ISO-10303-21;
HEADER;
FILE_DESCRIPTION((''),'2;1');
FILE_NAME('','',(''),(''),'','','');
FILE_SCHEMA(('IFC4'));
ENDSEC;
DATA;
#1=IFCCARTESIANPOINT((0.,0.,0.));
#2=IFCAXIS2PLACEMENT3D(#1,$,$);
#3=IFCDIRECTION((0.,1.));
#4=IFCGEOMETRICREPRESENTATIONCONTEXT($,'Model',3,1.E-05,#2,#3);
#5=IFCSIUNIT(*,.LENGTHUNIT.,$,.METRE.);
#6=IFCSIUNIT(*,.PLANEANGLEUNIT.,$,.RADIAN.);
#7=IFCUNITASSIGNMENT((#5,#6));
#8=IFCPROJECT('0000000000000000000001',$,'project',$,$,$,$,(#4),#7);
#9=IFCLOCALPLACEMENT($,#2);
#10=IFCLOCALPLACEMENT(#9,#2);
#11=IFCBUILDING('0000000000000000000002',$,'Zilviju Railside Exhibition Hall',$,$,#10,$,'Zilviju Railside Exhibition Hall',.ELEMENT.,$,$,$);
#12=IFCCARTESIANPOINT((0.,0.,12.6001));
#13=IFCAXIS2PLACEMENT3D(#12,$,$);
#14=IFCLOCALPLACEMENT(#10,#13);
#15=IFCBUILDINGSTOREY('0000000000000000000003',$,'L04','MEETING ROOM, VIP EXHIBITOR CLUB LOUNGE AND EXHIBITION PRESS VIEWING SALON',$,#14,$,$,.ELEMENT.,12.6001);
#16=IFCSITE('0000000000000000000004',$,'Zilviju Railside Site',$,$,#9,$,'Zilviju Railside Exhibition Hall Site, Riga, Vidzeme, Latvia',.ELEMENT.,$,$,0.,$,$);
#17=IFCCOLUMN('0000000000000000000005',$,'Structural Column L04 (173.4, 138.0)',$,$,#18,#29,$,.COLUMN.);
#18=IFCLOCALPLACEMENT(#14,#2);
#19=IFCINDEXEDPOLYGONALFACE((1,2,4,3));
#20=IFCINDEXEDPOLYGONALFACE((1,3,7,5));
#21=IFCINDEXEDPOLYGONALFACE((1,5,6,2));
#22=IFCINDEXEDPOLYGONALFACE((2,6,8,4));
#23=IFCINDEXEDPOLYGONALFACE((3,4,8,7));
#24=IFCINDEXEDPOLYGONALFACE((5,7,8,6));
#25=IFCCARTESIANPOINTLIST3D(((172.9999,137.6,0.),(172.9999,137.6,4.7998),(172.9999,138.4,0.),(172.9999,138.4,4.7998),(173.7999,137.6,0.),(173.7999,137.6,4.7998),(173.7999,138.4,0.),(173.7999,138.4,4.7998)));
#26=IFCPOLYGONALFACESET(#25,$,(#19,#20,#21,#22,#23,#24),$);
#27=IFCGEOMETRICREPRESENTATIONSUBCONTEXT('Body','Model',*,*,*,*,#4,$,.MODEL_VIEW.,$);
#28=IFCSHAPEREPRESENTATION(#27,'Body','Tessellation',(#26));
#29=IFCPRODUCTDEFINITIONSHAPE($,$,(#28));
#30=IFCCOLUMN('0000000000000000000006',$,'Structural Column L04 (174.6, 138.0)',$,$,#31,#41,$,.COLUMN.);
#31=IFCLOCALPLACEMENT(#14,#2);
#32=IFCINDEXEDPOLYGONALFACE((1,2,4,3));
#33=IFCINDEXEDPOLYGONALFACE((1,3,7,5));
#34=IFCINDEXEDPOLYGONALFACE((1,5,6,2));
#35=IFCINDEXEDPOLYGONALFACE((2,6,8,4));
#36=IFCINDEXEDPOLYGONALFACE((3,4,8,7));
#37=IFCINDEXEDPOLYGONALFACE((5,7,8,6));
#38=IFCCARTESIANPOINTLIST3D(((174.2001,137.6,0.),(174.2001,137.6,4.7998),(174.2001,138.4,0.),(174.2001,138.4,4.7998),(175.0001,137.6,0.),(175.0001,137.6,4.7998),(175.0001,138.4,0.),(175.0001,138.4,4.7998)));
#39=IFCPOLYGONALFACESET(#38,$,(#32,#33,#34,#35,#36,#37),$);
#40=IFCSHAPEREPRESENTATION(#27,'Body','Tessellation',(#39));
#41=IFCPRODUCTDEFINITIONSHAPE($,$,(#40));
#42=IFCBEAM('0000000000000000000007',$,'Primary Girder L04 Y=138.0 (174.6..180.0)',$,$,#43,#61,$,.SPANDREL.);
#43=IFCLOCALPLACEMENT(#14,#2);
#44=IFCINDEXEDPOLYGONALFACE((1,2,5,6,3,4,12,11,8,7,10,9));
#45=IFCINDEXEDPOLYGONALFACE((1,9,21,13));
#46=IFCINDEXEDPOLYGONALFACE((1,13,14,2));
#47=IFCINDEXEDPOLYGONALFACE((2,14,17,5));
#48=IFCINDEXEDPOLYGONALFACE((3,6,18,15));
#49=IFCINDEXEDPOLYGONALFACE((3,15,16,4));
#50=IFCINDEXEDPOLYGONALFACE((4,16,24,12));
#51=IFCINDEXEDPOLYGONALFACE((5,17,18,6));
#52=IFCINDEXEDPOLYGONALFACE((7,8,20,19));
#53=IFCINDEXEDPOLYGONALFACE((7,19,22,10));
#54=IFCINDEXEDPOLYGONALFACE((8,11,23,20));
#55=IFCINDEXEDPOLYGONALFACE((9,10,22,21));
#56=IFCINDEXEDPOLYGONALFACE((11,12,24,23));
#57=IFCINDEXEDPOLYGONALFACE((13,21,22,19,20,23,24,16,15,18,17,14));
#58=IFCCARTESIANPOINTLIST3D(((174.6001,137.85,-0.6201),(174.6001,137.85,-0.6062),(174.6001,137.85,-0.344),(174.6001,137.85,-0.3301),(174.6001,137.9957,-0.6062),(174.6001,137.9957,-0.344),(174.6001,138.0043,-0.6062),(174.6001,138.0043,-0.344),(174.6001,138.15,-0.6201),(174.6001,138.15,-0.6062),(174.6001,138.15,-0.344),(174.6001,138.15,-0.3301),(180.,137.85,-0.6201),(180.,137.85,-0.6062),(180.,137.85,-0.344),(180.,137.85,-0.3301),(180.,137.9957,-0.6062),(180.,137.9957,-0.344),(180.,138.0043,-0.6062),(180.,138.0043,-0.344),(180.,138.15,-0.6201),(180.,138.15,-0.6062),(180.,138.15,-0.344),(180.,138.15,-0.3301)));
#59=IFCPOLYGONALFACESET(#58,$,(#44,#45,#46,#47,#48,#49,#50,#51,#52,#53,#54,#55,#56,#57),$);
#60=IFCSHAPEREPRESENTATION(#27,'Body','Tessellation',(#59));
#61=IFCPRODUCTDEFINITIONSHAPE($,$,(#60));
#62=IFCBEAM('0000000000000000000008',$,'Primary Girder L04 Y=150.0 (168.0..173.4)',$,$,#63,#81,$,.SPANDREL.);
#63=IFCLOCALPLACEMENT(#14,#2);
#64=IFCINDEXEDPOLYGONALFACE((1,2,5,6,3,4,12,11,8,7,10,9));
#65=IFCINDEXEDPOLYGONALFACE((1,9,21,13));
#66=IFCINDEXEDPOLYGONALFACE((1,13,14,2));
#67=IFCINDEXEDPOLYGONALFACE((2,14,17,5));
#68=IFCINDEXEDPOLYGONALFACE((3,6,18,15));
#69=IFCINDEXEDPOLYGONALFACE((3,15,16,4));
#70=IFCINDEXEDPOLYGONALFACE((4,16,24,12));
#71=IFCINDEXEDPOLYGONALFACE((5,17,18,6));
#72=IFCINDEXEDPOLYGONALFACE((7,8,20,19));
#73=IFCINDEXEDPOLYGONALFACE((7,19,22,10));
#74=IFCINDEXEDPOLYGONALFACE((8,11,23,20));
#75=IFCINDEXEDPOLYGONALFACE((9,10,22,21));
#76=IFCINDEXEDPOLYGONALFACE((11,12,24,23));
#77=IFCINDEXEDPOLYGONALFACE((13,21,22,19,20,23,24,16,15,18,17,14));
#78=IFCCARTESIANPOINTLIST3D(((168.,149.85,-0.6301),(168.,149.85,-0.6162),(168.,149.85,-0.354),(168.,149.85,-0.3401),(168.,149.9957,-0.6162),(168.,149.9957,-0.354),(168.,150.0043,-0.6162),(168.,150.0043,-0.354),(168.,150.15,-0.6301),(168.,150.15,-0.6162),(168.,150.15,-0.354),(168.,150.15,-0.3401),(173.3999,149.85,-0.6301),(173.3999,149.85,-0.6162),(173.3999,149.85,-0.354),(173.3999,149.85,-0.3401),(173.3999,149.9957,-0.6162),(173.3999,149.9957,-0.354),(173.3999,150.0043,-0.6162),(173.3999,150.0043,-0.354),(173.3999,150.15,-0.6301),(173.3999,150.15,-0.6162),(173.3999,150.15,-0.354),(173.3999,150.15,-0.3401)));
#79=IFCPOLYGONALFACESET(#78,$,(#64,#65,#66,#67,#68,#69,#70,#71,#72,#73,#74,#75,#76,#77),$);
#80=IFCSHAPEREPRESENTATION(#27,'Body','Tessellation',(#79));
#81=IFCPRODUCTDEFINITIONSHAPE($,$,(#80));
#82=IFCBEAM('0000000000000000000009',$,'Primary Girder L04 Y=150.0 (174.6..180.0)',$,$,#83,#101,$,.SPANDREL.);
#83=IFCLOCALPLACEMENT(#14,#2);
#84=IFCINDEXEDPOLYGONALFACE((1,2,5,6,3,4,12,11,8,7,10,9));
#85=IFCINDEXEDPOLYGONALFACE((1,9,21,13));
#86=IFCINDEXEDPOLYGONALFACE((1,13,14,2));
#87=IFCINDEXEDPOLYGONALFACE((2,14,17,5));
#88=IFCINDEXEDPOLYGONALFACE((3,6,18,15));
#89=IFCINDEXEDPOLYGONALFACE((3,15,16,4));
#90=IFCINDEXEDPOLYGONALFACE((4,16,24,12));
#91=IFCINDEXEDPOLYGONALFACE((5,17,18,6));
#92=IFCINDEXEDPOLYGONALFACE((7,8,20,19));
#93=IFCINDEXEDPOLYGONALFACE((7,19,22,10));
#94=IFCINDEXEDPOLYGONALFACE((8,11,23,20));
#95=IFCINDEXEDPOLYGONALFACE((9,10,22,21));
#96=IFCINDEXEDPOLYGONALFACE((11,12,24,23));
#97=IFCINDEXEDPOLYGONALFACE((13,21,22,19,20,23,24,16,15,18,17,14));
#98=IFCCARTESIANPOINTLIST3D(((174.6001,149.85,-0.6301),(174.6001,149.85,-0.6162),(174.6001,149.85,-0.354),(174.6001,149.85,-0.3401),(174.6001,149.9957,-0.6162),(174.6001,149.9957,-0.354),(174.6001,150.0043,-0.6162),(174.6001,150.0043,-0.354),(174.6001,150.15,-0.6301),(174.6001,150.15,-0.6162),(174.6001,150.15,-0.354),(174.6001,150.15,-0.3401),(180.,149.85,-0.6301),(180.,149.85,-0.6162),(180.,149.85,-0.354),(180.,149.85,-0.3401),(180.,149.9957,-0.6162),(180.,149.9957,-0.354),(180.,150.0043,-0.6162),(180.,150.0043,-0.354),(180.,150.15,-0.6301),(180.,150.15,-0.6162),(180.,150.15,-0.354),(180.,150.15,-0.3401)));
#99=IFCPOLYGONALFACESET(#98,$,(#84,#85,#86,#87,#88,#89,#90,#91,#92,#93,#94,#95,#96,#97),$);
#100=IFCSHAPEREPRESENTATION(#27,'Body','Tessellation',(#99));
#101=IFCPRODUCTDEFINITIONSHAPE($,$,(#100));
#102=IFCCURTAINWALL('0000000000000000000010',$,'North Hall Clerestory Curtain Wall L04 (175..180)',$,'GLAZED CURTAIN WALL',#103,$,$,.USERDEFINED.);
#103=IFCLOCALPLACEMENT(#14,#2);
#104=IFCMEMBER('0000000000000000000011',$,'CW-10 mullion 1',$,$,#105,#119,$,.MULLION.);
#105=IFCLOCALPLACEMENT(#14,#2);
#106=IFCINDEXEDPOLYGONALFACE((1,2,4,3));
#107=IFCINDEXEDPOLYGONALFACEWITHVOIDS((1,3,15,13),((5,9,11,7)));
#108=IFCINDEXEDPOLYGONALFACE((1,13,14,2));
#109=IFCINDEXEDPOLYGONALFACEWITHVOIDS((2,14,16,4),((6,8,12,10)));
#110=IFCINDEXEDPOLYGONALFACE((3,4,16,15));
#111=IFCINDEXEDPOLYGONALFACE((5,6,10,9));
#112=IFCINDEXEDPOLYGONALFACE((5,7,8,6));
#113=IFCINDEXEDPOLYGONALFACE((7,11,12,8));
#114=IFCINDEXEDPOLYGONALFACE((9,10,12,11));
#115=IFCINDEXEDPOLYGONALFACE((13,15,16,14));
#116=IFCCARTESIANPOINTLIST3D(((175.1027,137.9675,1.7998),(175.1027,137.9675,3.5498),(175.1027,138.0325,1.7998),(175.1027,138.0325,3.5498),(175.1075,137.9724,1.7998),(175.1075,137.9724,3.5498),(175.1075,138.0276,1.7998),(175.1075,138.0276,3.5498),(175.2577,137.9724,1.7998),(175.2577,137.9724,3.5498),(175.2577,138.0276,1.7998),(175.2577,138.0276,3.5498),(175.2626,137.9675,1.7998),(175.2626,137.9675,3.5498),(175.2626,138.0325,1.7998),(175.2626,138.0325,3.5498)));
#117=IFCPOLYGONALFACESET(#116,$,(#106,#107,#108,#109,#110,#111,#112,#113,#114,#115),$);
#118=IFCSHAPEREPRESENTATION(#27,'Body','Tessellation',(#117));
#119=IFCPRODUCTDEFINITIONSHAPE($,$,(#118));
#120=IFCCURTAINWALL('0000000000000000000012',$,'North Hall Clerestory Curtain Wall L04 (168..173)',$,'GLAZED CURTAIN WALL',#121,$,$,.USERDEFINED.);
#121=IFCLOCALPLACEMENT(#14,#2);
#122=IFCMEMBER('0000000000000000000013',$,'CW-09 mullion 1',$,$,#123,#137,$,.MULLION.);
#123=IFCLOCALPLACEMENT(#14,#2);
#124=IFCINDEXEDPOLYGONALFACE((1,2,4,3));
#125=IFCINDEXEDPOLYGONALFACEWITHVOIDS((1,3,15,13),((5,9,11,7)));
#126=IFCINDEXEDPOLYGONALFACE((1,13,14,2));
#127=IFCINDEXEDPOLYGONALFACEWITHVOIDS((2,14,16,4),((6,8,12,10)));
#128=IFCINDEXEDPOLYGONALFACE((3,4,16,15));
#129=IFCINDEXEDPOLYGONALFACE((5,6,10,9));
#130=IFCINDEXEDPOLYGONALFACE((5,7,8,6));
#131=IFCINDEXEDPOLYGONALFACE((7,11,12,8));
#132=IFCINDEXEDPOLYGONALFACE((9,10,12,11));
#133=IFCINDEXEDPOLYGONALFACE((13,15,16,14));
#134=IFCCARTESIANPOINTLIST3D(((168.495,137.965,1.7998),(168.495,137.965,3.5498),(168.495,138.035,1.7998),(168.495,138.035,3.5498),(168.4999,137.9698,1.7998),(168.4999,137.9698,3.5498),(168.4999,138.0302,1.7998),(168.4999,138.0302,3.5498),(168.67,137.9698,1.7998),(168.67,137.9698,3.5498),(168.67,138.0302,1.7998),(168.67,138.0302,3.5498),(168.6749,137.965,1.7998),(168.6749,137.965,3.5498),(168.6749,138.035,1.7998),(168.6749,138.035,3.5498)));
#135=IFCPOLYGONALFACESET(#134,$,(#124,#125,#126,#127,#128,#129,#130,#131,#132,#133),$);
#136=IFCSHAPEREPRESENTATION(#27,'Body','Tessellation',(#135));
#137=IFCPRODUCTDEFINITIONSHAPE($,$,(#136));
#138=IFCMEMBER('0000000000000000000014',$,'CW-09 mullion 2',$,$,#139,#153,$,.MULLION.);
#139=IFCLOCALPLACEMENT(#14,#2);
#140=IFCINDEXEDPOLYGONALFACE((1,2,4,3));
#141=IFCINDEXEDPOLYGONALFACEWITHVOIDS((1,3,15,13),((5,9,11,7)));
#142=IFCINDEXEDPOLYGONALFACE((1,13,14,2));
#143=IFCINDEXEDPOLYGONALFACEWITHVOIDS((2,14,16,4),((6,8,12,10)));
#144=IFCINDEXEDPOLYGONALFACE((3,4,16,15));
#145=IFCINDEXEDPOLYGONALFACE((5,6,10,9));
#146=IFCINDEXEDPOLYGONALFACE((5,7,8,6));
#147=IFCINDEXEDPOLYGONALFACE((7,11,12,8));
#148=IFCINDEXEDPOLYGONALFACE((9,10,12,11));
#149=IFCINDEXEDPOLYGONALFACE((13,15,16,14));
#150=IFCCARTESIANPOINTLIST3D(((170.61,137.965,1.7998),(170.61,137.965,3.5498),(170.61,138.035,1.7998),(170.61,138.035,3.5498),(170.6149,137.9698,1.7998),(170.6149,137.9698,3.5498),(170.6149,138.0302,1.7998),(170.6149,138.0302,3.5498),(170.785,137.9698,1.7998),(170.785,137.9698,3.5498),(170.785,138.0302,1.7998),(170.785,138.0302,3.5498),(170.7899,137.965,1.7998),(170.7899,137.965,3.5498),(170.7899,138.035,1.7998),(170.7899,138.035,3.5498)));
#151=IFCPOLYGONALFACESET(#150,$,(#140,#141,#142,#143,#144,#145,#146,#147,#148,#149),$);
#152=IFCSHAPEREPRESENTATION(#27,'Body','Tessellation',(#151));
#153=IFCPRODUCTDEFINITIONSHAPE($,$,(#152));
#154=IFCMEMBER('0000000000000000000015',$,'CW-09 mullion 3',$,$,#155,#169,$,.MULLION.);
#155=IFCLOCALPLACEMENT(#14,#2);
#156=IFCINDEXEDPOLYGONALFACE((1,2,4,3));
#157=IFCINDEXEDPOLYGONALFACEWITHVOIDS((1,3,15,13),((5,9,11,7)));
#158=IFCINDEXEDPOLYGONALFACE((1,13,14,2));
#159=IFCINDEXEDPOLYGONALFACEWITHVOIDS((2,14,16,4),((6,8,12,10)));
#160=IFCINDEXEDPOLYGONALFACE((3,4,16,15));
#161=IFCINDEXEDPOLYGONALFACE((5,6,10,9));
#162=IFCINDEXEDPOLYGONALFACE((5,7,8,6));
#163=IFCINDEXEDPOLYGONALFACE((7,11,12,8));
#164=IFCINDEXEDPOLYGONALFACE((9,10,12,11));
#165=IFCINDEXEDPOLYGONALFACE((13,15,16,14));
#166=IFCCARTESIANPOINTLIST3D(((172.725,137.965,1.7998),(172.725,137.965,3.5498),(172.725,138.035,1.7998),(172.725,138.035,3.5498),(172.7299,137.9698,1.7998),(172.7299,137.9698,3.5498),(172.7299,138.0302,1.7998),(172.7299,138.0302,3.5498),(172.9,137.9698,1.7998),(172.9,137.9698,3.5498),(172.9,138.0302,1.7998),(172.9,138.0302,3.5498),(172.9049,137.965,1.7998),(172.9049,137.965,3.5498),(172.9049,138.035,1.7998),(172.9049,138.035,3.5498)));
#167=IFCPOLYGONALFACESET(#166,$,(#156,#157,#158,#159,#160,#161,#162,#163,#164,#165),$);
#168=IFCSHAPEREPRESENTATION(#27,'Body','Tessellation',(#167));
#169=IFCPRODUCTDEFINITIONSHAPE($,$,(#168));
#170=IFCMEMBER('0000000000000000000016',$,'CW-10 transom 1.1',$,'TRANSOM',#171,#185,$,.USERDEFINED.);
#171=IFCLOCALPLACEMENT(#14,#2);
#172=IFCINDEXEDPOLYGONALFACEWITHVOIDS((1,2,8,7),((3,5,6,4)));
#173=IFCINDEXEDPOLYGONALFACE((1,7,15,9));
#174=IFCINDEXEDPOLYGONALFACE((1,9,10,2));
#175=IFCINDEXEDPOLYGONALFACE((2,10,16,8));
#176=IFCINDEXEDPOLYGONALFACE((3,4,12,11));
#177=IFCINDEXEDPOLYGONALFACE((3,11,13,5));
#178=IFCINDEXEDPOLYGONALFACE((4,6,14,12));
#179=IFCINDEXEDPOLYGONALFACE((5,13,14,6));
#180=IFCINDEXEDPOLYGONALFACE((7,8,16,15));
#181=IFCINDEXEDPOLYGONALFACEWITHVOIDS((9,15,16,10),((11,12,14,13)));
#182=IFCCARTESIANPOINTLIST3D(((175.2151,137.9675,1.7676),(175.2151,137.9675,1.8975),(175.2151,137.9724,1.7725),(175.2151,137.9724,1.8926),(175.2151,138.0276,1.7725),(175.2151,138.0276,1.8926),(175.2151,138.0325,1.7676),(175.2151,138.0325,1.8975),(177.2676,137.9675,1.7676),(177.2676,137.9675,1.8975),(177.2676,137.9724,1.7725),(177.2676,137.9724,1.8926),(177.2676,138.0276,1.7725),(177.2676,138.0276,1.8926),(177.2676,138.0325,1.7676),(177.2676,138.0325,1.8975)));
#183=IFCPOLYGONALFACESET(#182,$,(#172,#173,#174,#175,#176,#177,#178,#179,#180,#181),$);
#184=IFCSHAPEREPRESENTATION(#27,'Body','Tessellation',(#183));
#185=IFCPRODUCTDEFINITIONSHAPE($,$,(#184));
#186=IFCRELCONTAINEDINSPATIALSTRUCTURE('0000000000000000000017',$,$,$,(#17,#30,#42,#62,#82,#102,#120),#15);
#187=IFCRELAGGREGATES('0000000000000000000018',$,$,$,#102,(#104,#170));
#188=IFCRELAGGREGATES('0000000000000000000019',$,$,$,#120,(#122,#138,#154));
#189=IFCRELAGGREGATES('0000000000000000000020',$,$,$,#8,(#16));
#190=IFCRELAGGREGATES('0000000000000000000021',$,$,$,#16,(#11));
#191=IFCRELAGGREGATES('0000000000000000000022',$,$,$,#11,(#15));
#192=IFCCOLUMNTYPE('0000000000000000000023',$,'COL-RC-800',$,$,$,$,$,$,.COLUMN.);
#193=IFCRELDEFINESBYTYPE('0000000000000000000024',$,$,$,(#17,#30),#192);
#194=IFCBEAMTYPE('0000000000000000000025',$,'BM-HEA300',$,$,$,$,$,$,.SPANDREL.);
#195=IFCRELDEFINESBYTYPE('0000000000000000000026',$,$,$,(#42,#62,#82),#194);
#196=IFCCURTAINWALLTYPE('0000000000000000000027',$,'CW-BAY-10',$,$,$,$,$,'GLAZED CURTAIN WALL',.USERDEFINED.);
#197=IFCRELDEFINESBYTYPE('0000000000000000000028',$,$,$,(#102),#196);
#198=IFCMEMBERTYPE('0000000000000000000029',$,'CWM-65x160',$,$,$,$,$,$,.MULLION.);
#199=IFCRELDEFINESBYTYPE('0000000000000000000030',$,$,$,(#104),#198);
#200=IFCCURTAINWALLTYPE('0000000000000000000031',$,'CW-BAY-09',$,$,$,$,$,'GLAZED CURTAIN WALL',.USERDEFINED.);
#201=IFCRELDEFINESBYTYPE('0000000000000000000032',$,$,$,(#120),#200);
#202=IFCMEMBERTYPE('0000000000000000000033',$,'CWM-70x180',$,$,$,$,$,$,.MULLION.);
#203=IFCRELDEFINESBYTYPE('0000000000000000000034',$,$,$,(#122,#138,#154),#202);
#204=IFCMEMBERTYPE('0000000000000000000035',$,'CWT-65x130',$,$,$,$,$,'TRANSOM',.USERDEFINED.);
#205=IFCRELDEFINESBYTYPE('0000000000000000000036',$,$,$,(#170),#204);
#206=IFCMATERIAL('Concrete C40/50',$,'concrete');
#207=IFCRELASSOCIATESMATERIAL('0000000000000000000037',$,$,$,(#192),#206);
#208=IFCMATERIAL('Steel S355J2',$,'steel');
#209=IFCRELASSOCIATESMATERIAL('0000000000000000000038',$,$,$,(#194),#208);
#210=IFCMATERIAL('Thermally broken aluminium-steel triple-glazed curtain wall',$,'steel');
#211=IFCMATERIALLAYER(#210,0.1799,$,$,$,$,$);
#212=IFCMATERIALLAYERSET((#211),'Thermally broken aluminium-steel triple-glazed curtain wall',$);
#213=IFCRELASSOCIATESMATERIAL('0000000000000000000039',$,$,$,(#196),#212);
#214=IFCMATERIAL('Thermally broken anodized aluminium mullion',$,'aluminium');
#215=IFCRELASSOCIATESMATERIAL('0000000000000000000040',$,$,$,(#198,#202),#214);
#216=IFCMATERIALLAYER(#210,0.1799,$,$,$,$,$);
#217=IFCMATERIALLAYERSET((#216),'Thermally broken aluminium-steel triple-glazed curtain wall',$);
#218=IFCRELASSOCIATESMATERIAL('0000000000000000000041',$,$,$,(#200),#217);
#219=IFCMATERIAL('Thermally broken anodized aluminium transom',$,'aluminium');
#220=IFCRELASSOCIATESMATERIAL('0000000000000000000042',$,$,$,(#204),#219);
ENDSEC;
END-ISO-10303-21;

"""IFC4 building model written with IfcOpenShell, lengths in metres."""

from ifc_helpers import new_model, si_unit, direction, frame, origin, origin_2d, place, context, subcontext, project, spatial, rectangle, hollow_rectangle, i_section, extrude, material, layer, layer_set, material_profile, profile_set, type_object, element, aggregate, save


model = new_model("IFC4")

# Units and contexts
model_context = context("Model", 3, precision=1e-05, world=origin(), true_north=direction((0.0, 1.0)))
body_context = subcontext(model_context, "Body", "Model", "MODEL_VIEW")
ifc_project = project(units=[si_unit("LENGTHUNIT", "METRE"), si_unit("PLANEANGLEUNIT", "RADIAN")], contexts=[model_context])

# Site, building, storey
site_placement = place(None, origin())
site = spatial("IfcSite", under=ifc_project, at=site_placement, Name="Zilviju Railside Site", LongName="Zilviju Railside Exhibition Hall Site, Riga, Vidzeme, Latvia", CompositionType="ELEMENT", RefElevation=0.0)
building_placement = place(site_placement, origin())
building = spatial("IfcBuilding", under=site, at=building_placement, Name="Zilviju Railside Exhibition Hall", LongName="Zilviju Railside Exhibition Hall", CompositionType="ELEMENT")
storey_placement = place(building_placement, frame((0.0, 0.0, 12.6001)))
storey = spatial("IfcBuildingStorey", under=building, at=storey_placement, Name="L04", Description="MEETING ROOM, VIP EXHIBITOR CLUB LOUNGE AND EXHIBITION PRESS VIEWING SALON", CompositionType="ELEMENT", Elevation=12.6001)

# Columns
ifc_material_1 = material(Name="Concrete C40/50", Category="concrete")
ifc_material_profile_1 = material_profile(ifc_material_1, rectangle(XDim=0.8, YDim=0.8, at=origin_2d()), Name="RC COL 800x800")
ifc_profile_set_1 = profile_set([ifc_material_profile_1], Name="Concrete C40/50")
column_type = type_object("IfcColumnType", Name="COL-RC-800", PredefinedType="COLUMN", material=ifc_profile_set_1)
for number, where, z_axis, x_axis, name in (
    (1, (173.3999, 138.0, 0.0), (0.0, 0.0, 1.0), (1.0, 0.0, 0.0), "Structural Column L04 (173.4, 138.0)"),
    (2, (174.6001, 138.0, 0.0), (0.0, 0.0, 1.0), (1.0, 0.0, 0.0), "Structural Column L04 (174.6, 138.0)"),
):
    element("IfcColumn", number, at=place(storey_placement, frame(where, z_axis=z_axis, x_axis=x_axis)), inside=storey, type_object=column_type, Name=name, PredefinedType="COLUMN", context=body_context, shape_type="SweptSolid", body=[
        extrude(rectangle(XDim=0.8, YDim=0.8, at=origin_2d()), origin(), (0.0, 0.0, 1.0), 4.7998),
    ])

# Beams
ifc_material_2 = material(Name="Steel S355J2", Category="steel")
ifc_material_profile_2 = material_profile(ifc_material_2, i_section(OverallWidth=0.3, OverallDepth=0.29, WebThickness=0.0085, FlangeThickness=0.0139, at=origin_2d()), Name="HEA 300")
ifc_profile_set_2 = profile_set([ifc_material_profile_2], Name="Steel S355J2")
beam_type = type_object("IfcBeamType", Name="BM-HEA300", PredefinedType="SPANDREL", material=ifc_profile_set_2)
for number, where, z_axis, x_axis, name in (
    (3, (174.6001, 138.0, -0.4751), (1.0, 0.0, 0.0), (0.0, 1.0, 0.0), "Primary Girder L04 Y=138.0 (174.6..180.0)"),
    (4, (168.0, 150.0, -0.4851), (1.0, 0.0, 0.0), (0.0, 1.0, 0.0), "Primary Girder L04 Y=150.0 (168.0..173.4)"),
    (5, (174.6001, 150.0, -0.4851), (1.0, 0.0, 0.0), (0.0, 1.0, 0.0), "Primary Girder L04 Y=150.0 (174.6..180.0)"),
):
    element("IfcBeam", number, at=place(storey_placement, frame(where, z_axis=z_axis, x_axis=x_axis)), inside=storey, type_object=beam_type, Name=name, PredefinedType="SPANDREL", context=body_context, shape_type="SweptSolid", body=[
        extrude(i_section(OverallWidth=0.3, OverallDepth=0.29, WebThickness=0.0085, FlangeThickness=0.0139, at=origin_2d()), origin(), (0.0, 0.0, 1.0), 5.3999),
    ])

# Curtain wall, member
ifc_material_3 = material(Name="Thermally broken aluminium-steel triple-glazed curtain wall", Category="steel")
ifc_layer_1 = layer(ifc_material_3, 0.1799)
ifc_layer_set_1 = layer_set([ifc_layer_1], Name="Thermally broken aluminium-steel triple-glazed curtain wall")
curtain_wall_type_1 = type_object("IfcCurtainWallType", Name="CW-BAY-10", ElementType="GLAZED CURTAIN WALL", PredefinedType="USERDEFINED", material=ifc_layer_set_1)
curtain_wall_1_placement = place(storey_placement, origin())
curtain_wall_1 = element("IfcCurtainWall", 6, at=curtain_wall_1_placement, inside=storey, type_object=curtain_wall_type_1, Name="North Hall Clerestory Curtain Wall L04 (175..180)", ObjectType="GLAZED CURTAIN WALL", PredefinedType="USERDEFINED")
ifc_material_4 = material(Name="Thermally broken anodized aluminium mullion", Category="aluminium")
ifc_material_profile_3 = material_profile(ifc_material_4, hollow_rectangle(XDim=0.0649, YDim=0.1599, WallThickness=0.0049, at=origin_2d()), Name="MULLION 160x65x5")
ifc_profile_set_3 = profile_set([ifc_material_profile_3], Name="Thermally broken anodized aluminium mullion")
member_type_1 = type_object("IfcMemberType", Name="CWM-65x160", PredefinedType="MULLION", material=ifc_profile_set_3)
member_1_placement = place(storey_placement, frame((175.1826, 138.0, 1.7998), z_axis=(0.0, 0.0, 1.0), x_axis=(0.0, 1.0, 0.0)))
member_1 = element("IfcMember", 7, at=member_1_placement, type_object=member_type_1, Name="CW-10 mullion 1", PredefinedType="MULLION", context=body_context, shape_type="SweptSolid", body=[
    extrude(hollow_rectangle(XDim=0.0649, YDim=0.1599, WallThickness=0.0049, at=origin_2d()), origin(), (0.0, 0.0, 1.0), 1.75),
])

# Curtain wall, members
ifc_layer_2 = layer(ifc_material_3, 0.1799)
ifc_layer_set_2 = layer_set([ifc_layer_2], Name="Thermally broken aluminium-steel triple-glazed curtain wall")
curtain_wall_type_2 = type_object("IfcCurtainWallType", Name="CW-BAY-09", ElementType="GLAZED CURTAIN WALL", PredefinedType="USERDEFINED", material=ifc_layer_set_2)
curtain_wall_2_placement = place(storey_placement, origin())
curtain_wall_2 = element("IfcCurtainWall", 8, at=curtain_wall_2_placement, inside=storey, type_object=curtain_wall_type_2, Name="North Hall Clerestory Curtain Wall L04 (168..173)", ObjectType="GLAZED CURTAIN WALL", PredefinedType="USERDEFINED")
ifc_material_profile_4 = material_profile(ifc_material_4, hollow_rectangle(XDim=0.0701, YDim=0.1799, WallThickness=0.0049, at=origin_2d()), Name="MULLION 180x70x5")
ifc_profile_set_4 = profile_set([ifc_material_profile_4], Name="Thermally broken anodized aluminium mullion")
member_type_2 = type_object("IfcMemberType", Name="CWM-70x180", PredefinedType="MULLION", material=ifc_profile_set_4)
member_2_placement = place(storey_placement, frame((168.585, 138.0, 1.7998), z_axis=(0.0, 0.0, 1.0), x_axis=(0.0, 1.0, 0.0)))
member_2 = element("IfcMember", 9, at=member_2_placement, type_object=member_type_2, Name="CW-09 mullion 1", PredefinedType="MULLION", context=body_context, shape_type="SweptSolid", body=[
    extrude(hollow_rectangle(XDim=0.0701, YDim=0.1799, WallThickness=0.0049, at=origin_2d()), origin(), (0.0, 0.0, 1.0), 1.75),
])
member_3_placement = place(storey_placement, frame((170.7, 138.0, 1.7998), z_axis=(0.0, 0.0, 1.0), x_axis=(0.0, 1.0, 0.0)))
member_3 = element("IfcMember", 10, at=member_3_placement, type_object=member_type_2, Name="CW-09 mullion 2", PredefinedType="MULLION", context=body_context, shape_type="SweptSolid", body=[
    extrude(hollow_rectangle(XDim=0.0701, YDim=0.1799, WallThickness=0.0049, at=origin_2d()), origin(), (0.0, 0.0, 1.0), 1.75),
])
member_4_placement = place(storey_placement, frame((172.8149, 138.0, 1.7998), z_axis=(0.0, 0.0, 1.0), x_axis=(0.0, 1.0, 0.0)))
member_4 = element("IfcMember", 11, at=member_4_placement, type_object=member_type_2, Name="CW-09 mullion 3", PredefinedType="MULLION", context=body_context, shape_type="SweptSolid", body=[
    extrude(hollow_rectangle(XDim=0.0701, YDim=0.1799, WallThickness=0.0049, at=origin_2d()), origin(), (0.0, 0.0, 1.0), 1.75),
])

# Member
ifc_material_5 = material(Name="Thermally broken anodized aluminium transom", Category="aluminium")
ifc_material_profile_5 = material_profile(ifc_material_5, hollow_rectangle(XDim=0.0649, YDim=0.1299, WallThickness=0.0049, at=origin_2d()), Name="TRANSOM 130x65x5")
ifc_profile_set_5 = profile_set([ifc_material_profile_5], Name="Thermally broken anodized aluminium transom")
member_type_3 = type_object("IfcMemberType", Name="CWT-65x130", ElementType="TRANSOM", PredefinedType="USERDEFINED", material=ifc_profile_set_5)
member_5_placement = place(storey_placement, frame((175.2151, 138.0, 1.8325), z_axis=(1.0, 0.0, 0.0), x_axis=(0.0, 1.0, 0.0)))
member_5 = element("IfcMember", 12, at=member_5_placement, type_object=member_type_3, Name="CW-10 transom 1.1", ObjectType="TRANSOM", PredefinedType="USERDEFINED", context=body_context, shape_type="SweptSolid", body=[
    extrude(hollow_rectangle(XDim=0.0649, YDim=0.1299, WallThickness=0.0049, at=origin_2d()), origin(), (0.0, 0.0, 1.0), 2.0525),
])
aggregate(curtain_wall_1, [member_1, member_5])

aggregate(curtain_wall_2, [member_2, member_3, member_4])

save(model, "model.ifc")
